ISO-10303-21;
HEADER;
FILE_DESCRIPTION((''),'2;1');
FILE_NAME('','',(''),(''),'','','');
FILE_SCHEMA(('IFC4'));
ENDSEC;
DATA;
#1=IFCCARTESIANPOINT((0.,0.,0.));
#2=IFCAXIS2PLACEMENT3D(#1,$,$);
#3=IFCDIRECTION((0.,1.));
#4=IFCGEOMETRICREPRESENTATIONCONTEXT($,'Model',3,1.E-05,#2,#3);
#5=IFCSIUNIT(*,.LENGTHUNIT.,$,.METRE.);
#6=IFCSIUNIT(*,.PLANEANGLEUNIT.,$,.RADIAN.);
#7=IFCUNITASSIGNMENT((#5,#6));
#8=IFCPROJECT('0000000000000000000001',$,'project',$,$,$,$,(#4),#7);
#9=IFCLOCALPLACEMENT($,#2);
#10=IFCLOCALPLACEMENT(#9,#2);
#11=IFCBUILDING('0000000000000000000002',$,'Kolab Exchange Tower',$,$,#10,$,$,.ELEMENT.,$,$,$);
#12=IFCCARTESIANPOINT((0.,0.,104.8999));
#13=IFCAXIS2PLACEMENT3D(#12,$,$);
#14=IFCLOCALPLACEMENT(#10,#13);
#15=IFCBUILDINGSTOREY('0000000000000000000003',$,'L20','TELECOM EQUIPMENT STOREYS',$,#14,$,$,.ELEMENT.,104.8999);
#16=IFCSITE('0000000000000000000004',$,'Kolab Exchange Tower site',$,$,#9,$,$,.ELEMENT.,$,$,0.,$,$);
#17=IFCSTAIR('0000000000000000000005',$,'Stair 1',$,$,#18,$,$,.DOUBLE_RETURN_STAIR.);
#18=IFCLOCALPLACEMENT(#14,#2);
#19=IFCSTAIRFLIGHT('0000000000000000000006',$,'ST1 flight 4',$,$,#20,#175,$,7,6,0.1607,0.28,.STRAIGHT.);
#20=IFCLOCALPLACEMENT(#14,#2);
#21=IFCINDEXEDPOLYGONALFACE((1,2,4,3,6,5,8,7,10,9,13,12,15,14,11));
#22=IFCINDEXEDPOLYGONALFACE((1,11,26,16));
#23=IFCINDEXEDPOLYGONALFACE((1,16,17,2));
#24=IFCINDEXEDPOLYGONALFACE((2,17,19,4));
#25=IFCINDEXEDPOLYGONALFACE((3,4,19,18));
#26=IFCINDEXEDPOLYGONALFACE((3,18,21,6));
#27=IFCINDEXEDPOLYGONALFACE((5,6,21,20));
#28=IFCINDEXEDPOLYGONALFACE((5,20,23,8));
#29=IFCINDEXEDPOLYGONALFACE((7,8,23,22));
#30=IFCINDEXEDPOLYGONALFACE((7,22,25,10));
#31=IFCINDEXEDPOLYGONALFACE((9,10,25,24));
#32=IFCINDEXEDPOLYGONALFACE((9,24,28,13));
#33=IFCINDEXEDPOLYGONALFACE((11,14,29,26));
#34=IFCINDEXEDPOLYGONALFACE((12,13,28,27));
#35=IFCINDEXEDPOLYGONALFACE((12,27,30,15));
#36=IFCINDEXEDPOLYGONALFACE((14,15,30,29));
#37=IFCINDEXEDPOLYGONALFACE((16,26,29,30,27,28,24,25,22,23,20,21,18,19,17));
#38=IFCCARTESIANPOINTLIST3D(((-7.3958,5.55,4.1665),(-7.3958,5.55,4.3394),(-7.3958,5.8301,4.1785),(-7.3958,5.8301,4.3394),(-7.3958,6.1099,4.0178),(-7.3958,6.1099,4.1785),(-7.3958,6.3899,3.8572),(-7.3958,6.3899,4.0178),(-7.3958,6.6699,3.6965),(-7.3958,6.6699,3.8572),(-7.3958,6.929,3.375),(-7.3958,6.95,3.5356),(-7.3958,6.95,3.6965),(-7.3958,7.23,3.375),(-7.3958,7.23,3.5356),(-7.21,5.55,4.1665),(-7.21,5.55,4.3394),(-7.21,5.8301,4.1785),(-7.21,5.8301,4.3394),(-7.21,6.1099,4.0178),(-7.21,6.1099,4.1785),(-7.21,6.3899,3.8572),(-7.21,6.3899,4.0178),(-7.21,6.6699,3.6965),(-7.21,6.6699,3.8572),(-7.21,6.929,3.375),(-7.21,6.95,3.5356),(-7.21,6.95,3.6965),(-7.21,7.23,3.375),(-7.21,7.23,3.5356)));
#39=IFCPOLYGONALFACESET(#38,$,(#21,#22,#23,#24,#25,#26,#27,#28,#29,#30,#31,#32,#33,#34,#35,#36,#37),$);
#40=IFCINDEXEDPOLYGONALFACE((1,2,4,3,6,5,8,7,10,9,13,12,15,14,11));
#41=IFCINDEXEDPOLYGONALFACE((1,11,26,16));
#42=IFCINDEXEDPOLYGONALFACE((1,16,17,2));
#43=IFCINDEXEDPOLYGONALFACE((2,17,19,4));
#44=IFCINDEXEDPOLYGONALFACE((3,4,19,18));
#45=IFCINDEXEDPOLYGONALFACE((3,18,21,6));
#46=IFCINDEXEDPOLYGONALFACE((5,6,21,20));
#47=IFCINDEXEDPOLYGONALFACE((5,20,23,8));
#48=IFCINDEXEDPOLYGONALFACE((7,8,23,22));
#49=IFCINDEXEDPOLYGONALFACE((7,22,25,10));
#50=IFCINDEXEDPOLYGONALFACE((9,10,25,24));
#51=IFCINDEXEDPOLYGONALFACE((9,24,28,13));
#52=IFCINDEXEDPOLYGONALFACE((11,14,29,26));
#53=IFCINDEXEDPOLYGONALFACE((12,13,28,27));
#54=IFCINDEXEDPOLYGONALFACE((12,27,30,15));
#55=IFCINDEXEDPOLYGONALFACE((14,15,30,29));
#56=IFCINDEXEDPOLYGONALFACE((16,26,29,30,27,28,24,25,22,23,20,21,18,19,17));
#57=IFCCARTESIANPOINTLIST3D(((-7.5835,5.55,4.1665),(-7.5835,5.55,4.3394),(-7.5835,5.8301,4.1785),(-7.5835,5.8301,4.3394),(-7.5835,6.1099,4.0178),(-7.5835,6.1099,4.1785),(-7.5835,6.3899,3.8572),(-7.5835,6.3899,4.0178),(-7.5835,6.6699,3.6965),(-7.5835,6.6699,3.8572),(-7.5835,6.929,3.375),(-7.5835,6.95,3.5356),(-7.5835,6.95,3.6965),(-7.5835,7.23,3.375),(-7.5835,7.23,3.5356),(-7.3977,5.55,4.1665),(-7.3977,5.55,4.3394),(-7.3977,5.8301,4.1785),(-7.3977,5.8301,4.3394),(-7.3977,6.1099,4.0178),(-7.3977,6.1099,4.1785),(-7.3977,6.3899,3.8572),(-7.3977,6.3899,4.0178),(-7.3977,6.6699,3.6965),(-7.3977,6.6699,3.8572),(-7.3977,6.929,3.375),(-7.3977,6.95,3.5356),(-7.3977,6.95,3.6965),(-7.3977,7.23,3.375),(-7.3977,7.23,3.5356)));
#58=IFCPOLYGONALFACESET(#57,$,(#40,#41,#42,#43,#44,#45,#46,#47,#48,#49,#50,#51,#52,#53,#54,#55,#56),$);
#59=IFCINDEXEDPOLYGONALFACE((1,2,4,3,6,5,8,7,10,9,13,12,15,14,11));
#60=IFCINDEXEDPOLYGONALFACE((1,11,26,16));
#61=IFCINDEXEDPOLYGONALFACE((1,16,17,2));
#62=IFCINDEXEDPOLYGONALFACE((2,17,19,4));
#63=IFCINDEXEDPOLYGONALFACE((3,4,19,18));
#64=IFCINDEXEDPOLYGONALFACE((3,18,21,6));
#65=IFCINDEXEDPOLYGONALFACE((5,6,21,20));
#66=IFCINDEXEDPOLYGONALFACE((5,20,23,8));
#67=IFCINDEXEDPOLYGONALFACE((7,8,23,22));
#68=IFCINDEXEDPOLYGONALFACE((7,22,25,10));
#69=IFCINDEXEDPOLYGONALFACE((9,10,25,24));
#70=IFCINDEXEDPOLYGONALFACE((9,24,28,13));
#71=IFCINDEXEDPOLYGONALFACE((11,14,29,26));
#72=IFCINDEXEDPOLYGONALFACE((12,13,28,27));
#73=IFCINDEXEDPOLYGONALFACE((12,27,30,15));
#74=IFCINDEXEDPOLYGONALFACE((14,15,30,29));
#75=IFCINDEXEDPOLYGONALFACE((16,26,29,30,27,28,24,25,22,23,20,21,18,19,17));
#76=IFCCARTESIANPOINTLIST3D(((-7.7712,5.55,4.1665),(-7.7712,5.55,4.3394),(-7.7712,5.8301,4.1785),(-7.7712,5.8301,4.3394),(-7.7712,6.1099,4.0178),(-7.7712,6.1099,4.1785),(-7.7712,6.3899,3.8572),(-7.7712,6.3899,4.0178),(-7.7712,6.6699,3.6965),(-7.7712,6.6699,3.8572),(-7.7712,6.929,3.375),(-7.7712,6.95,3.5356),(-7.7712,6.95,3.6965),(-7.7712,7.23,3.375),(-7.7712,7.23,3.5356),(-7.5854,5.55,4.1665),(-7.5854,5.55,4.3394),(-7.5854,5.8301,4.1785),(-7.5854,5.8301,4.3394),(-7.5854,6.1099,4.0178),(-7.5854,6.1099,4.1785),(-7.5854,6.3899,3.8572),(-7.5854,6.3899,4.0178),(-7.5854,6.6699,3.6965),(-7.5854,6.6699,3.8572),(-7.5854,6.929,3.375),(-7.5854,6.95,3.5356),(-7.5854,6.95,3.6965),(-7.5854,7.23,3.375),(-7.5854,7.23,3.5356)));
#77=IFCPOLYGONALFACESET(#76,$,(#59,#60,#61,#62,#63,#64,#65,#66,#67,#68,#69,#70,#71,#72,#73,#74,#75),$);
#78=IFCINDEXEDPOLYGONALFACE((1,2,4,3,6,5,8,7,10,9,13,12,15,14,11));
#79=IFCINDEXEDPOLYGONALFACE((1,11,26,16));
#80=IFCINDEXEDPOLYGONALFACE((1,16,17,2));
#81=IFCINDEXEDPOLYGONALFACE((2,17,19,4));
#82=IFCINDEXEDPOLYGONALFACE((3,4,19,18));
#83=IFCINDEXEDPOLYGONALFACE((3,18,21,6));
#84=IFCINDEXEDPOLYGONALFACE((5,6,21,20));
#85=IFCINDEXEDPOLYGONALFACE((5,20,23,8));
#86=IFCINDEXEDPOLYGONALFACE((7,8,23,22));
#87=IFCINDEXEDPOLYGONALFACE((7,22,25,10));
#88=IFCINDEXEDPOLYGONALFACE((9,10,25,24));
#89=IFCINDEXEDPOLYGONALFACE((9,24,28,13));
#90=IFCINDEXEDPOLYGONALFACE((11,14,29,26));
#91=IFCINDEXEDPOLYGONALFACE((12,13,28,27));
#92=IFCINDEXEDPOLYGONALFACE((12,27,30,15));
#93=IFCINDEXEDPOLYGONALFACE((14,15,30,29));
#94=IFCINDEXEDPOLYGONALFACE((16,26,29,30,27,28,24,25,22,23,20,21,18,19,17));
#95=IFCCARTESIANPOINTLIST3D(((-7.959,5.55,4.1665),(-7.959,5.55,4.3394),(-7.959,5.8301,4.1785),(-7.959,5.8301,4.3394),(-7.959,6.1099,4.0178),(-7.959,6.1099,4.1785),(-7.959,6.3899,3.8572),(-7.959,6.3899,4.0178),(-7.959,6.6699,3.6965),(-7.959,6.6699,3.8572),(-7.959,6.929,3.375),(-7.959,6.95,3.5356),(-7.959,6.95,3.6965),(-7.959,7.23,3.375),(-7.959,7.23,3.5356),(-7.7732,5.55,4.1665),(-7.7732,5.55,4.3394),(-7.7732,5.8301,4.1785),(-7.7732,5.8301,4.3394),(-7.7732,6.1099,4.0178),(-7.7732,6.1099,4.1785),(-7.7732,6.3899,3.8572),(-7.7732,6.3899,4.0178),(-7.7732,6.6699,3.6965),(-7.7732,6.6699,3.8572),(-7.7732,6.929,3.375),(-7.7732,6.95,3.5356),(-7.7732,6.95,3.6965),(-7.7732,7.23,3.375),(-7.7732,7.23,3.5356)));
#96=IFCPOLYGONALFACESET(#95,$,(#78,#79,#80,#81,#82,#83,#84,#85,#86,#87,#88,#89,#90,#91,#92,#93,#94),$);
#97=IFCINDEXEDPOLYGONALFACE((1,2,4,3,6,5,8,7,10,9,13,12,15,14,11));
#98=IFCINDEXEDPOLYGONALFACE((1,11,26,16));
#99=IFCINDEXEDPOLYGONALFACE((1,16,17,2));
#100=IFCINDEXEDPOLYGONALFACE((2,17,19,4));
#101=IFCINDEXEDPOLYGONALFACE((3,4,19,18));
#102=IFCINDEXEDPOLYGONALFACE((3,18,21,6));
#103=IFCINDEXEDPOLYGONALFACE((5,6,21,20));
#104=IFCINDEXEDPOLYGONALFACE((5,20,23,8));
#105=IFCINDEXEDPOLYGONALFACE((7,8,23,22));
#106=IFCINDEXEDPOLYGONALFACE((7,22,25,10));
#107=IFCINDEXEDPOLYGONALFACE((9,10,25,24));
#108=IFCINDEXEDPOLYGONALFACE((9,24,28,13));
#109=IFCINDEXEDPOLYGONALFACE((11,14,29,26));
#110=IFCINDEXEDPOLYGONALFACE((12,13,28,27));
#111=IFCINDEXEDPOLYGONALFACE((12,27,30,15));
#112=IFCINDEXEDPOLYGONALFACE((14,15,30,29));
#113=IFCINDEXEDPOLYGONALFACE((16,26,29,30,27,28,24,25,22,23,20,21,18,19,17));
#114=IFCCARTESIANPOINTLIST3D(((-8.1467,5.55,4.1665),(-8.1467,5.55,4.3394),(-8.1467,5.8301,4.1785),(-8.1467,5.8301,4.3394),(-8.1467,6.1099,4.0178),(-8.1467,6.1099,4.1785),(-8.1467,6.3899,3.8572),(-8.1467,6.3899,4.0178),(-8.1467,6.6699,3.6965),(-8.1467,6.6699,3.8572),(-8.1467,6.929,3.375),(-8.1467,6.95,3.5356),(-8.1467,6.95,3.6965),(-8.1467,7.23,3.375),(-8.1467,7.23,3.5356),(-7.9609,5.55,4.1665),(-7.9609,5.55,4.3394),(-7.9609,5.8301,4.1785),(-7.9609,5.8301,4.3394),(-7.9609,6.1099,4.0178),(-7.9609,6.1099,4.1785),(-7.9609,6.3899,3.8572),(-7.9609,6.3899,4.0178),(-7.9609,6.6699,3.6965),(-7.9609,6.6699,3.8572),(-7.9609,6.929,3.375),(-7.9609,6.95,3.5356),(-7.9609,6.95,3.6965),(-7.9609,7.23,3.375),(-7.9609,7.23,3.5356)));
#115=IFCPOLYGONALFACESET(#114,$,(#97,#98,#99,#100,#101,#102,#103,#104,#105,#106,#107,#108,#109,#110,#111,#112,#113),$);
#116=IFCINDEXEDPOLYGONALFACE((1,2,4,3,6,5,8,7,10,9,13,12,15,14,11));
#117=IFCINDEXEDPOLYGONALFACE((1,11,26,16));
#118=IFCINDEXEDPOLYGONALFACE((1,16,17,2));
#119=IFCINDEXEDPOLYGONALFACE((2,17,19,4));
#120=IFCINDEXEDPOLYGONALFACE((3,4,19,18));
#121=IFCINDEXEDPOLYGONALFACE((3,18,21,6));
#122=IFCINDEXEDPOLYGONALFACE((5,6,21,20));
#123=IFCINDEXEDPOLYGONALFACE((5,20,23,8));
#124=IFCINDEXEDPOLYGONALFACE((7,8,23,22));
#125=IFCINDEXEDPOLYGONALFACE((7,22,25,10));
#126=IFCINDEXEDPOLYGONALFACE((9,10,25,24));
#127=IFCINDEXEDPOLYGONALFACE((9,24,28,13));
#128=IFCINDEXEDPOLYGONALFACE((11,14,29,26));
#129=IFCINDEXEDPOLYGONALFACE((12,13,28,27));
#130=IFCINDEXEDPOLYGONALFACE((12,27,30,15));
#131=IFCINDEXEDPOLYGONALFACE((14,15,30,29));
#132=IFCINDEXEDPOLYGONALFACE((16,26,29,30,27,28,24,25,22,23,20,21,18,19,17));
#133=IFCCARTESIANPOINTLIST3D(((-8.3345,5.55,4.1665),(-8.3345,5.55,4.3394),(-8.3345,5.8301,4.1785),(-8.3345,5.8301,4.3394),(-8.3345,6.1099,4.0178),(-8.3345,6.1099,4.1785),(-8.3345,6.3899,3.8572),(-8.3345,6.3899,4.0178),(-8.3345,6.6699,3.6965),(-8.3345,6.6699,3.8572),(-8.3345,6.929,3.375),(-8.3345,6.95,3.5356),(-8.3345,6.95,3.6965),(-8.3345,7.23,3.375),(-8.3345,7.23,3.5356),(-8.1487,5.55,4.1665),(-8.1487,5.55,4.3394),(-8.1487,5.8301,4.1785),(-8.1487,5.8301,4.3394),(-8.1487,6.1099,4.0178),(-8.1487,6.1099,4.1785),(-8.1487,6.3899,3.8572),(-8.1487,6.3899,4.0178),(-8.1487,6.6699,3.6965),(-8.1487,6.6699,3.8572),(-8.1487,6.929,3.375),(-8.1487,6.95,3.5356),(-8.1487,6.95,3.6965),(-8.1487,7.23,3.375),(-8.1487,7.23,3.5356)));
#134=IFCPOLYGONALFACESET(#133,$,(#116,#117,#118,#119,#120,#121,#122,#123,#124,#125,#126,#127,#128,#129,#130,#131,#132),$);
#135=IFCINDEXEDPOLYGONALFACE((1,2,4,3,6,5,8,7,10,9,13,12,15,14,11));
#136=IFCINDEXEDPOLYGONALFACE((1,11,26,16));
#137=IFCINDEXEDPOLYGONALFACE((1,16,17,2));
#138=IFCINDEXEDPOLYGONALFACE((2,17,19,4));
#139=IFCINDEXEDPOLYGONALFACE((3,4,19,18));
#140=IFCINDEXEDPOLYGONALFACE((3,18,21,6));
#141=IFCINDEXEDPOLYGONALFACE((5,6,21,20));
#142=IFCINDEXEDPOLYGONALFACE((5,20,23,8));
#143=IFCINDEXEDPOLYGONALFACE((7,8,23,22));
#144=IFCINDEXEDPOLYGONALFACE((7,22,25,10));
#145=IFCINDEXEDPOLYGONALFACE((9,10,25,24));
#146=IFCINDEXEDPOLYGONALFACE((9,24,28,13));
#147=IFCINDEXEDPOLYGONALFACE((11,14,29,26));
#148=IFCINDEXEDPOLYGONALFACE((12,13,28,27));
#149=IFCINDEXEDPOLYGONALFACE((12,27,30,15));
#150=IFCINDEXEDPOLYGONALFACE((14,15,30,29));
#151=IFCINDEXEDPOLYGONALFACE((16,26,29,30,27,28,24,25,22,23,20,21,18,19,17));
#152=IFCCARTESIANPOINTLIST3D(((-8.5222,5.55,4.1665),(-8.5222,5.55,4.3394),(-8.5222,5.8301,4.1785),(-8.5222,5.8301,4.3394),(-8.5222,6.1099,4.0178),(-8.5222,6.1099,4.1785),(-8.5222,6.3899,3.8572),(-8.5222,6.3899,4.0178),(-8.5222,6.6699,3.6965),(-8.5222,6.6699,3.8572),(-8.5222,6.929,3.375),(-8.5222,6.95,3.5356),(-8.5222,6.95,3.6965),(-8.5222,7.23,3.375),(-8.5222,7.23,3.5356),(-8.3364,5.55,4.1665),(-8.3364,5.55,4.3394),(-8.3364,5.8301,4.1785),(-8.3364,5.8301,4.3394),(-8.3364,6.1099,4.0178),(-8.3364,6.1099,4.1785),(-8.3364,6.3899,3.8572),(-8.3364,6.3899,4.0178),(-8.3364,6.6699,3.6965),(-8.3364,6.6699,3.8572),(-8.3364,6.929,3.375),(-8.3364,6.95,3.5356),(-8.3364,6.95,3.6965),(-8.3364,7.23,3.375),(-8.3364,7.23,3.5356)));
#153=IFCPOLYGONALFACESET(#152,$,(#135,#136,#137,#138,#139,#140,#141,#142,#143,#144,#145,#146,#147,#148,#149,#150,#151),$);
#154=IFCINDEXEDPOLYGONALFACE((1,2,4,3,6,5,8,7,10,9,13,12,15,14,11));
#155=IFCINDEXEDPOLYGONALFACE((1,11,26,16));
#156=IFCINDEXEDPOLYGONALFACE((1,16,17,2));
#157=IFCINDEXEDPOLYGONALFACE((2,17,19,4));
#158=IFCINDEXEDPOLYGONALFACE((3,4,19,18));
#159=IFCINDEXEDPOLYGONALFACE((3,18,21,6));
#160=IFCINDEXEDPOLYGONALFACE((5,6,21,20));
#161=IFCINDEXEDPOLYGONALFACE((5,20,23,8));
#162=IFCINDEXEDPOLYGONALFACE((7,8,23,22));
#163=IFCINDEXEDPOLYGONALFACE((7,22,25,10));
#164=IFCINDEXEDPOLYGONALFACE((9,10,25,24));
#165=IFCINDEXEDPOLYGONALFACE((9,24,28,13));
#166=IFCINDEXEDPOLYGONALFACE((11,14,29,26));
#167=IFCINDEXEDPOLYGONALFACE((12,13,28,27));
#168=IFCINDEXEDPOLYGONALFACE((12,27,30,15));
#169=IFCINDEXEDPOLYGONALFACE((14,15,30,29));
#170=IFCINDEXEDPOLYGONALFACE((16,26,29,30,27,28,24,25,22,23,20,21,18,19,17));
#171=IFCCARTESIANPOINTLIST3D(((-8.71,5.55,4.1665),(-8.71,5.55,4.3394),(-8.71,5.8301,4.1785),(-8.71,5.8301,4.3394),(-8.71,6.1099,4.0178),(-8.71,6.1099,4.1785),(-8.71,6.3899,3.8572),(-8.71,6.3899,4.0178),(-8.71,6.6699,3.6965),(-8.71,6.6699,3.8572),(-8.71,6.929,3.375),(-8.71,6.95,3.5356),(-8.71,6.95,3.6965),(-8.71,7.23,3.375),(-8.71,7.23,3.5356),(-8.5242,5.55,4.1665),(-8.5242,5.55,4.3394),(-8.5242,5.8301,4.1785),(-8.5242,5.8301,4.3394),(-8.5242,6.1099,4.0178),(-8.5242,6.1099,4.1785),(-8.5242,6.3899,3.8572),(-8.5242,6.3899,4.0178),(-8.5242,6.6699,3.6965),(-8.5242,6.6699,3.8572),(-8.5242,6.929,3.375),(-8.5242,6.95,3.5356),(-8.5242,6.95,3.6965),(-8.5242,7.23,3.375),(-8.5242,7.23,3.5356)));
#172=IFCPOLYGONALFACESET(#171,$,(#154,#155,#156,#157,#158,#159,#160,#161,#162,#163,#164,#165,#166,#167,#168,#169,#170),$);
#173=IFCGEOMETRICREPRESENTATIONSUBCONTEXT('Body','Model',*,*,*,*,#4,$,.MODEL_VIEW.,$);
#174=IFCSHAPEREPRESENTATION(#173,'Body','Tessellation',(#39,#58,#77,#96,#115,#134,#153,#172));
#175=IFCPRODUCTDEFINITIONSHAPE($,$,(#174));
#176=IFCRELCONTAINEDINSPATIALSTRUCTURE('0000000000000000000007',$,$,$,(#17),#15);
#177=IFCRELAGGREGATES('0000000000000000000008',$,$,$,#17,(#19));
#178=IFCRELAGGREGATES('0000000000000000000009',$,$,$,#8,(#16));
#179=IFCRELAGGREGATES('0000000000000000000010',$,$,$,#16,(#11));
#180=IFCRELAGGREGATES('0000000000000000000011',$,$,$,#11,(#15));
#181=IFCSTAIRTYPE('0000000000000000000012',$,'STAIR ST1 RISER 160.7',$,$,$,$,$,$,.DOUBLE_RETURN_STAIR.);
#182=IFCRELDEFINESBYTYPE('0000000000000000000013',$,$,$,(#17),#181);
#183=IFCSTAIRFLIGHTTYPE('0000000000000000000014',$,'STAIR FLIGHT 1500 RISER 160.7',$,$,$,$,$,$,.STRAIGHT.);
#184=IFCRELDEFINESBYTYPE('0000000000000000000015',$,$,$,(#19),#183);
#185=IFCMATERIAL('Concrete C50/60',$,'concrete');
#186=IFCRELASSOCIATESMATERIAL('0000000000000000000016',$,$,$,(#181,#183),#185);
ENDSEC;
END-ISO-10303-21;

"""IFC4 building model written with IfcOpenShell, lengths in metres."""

from ifc_helpers import new_model, si_unit, direction, frame, origin, place, context, subcontext, project, spatial, polyline, outline, extrude, material, type_object, element, aggregate, save


model = new_model("IFC4")

# Units and contexts
model_context = context("Model", 3, precision=1e-05, world=origin(), true_north=direction((0.0, 1.0)))
body_context = subcontext(model_context, "Body", "Model", "MODEL_VIEW")
ifc_project = project(units=[si_unit("LENGTHUNIT", "METRE"), si_unit("PLANEANGLEUNIT", "RADIAN")], contexts=[model_context])

# Site, building, storey
site_placement = place(None, origin())
site = spatial("IfcSite", under=ifc_project, at=site_placement, Name="Kolab Exchange Tower site", CompositionType="ELEMENT", RefElevation=0.0)
building_placement = place(site_placement, origin())
building = spatial("IfcBuilding", under=site, at=building_placement, Name="Kolab Exchange Tower", CompositionType="ELEMENT")
storey_placement = place(building_placement, frame((0.0, 0.0, 104.8999)))
storey = spatial("IfcBuildingStorey", under=building, at=storey_placement, Name="L20", Description="TELECOM EQUIPMENT STOREYS", CompositionType="ELEMENT", Elevation=104.8999)

# Shared definitions
ifc_material_1 = material(Name="Concrete C50/60", Category="concrete")

# Stair, stair flight
stair_type = type_object("IfcStairType", Name="STAIR ST1 RISER 160.7", PredefinedType="DOUBLE_RETURN_STAIR", material=ifc_material_1)
stair_placement = place(storey_placement, origin())
stair = element("IfcStair", 1, at=stair_placement, inside=storey, type_object=stair_type, Name="Stair 1", PredefinedType="DOUBLE_RETURN_STAIR")
stair_flight_type = type_object("IfcStairFlightType", Name="STAIR FLIGHT 1500 RISER 160.7", PredefinedType="STRAIGHT", material=ifc_material_1)
stair_flight_1_placement = place(storey_placement, frame((-7.96, 7.23, 3.375), z_axis=(0.0, 0.0, 1.0), x_axis=(0.0, -1.0, 0.0)))
stair_flight_1 = element("IfcStairFlight", 2, at=stair_flight_1_placement, type_object=stair_flight_type, Name="ST1 flight 4", NumberOfRisers=7, NumberOfTreads=6, PredefinedType="STRAIGHT", RiserHeight=0.1607, TreadLength=0.28, context=body_context, shape_type="SweptSolid", body=[
    extrude(outline(polyline([(0.0, 0.0), (0.0, 0.1606), (0.28, 0.1606), (0.28, 0.3215), (0.5601, 0.3215), (0.5601, 0.4822), (0.8401, 0.4822), (0.8401, 0.6428), (1.1201, 0.6428), (1.1201, 0.8035), (1.3999, 0.8035), (1.3999, 0.9644), (1.6799, 0.9644), (1.6799, 1.125), (1.6799, 0.7915), (0.301, 0.0), (0.0, 0.0)])), frame((0.0, 0.75, 0.0), z_axis=(0.0, -1.0, 0.0), x_axis=(1.0, 0.0, 0.0)), (0.0, 0.0, 1.0), 0.1858),
    extrude(outline(polyline([(0.0, 0.0), (0.0, 0.1606), (0.28, 0.1606), (0.28, 0.3215), (0.5601, 0.3215), (0.5601, 0.4822), (0.8401, 0.4822), (0.8401, 0.6428), (1.1201, 0.6428), (1.1201, 0.8035), (1.3999, 0.8035), (1.3999, 0.9644), (1.6799, 0.9644), (1.6799, 1.125), (1.6799, 0.7915), (0.301, 0.0), (0.0, 0.0)])), frame((0.0, 0.5623, 0.0), z_axis=(0.0, -1.0, 0.0), x_axis=(1.0, 0.0, 0.0)), (0.0, 0.0, 1.0), 0.1858),
    extrude(outline(polyline([(0.0, 0.0), (0.0, 0.1606), (0.28, 0.1606), (0.28, 0.3215), (0.5601, 0.3215), (0.5601, 0.4822), (0.8401, 0.4822), (0.8401, 0.6428), (1.1201, 0.6428), (1.1201, 0.8035), (1.3999, 0.8035), (1.3999, 0.9644), (1.6799, 0.9644), (1.6799, 1.125), (1.6799, 0.7915), (0.301, 0.0), (0.0, 0.0)])), frame((0.0, 0.3745, 0.0), z_axis=(0.0, -1.0, 0.0), x_axis=(1.0, 0.0, 0.0)), (0.0, 0.0, 1.0), 0.1858),
    extrude(outline(polyline([(0.0, 0.0), (0.0, 0.1606), (0.28, 0.1606), (0.28, 0.3215), (0.5601, 0.3215), (0.5601, 0.4822), (0.8401, 0.4822), (0.8401, 0.6428), (1.1201, 0.6428), (1.1201, 0.8035), (1.3999, 0.8035), (1.3999, 0.9644), (1.6799, 0.9644), (1.6799, 1.125), (1.6799, 0.7915), (0.301, 0.0), (0.0, 0.0)])), frame((0.0, 0.1868, 0.0), z_axis=(0.0, -1.0, 0.0), x_axis=(1.0, 0.0, 0.0)), (0.0, 0.0, 1.0), 0.1858),
    extrude(outline(polyline([(0.0, 0.0), (0.0, 0.1606), (0.28, 0.1606), (0.28, 0.3215), (0.5601, 0.3215), (0.5601, 0.4822), (0.8401, 0.4822), (0.8401, 0.6428), (1.1201, 0.6428), (1.1201, 0.8035), (1.3999, 0.8035), (1.3999, 0.9644), (1.6799, 0.9644), (1.6799, 1.125), (1.6799, 0.7915), (0.301, 0.0), (0.0, 0.0)])), frame((0.0, -0.001, 0.0), z_axis=(0.0, -1.0, 0.0), x_axis=(1.0, 0.0, 0.0)), (0.0, 0.0, 1.0), 0.1858),
    extrude(outline(polyline([(0.0, 0.0), (0.0, 0.1606), (0.28, 0.1606), (0.28, 0.3215), (0.5601, 0.3215), (0.5601, 0.4822), (0.8401, 0.4822), (0.8401, 0.6428), (1.1201, 0.6428), (1.1201, 0.8035), (1.3999, 0.8035), (1.3999, 0.9644), (1.6799, 0.9644), (1.6799, 1.125), (1.6799, 0.7915), (0.301, 0.0), (0.0, 0.0)])), frame((0.0, -0.1887, 0.0), z_axis=(0.0, -1.0, 0.0), x_axis=(1.0, 0.0, 0.0)), (0.0, 0.0, 1.0), 0.1858),
    extrude(outline(polyline([(0.0, 0.0), (0.0, 0.1606), (0.28, 0.1606), (0.28, 0.3215), (0.5601, 0.3215), (0.5601, 0.4822), (0.8401, 0.4822), (0.8401, 0.6428), (1.1201, 0.6428), (1.1201, 0.8035), (1.3999, 0.8035), (1.3999, 0.9644), (1.6799, 0.9644), (1.6799, 1.125), (1.6799, 0.7915), (0.301, 0.0), (0.0, 0.0)])), frame((0.0, -0.3765, 0.0), z_axis=(0.0, -1.0, 0.0), x_axis=(1.0, 0.0, 0.0)), (0.0, 0.0, 1.0), 0.1858),
    extrude(outline(polyline([(0.0, 0.0), (0.0, 0.1606), (0.28, 0.1606), (0.28, 0.3215), (0.5601, 0.3215), (0.5601, 0.4822), (0.8401, 0.4822), (0.8401, 0.6428), (1.1201, 0.6428), (1.1201, 0.8035), (1.3999, 0.8035), (1.3999, 0.9644), (1.6799, 0.9644), (1.6799, 1.125), (1.6799, 0.7915), (0.301, 0.0), (0.0, 0.0)])), frame((0.0, -0.5642, 0.0), z_axis=(0.0, -1.0, 0.0), x_axis=(1.0, 0.0, 0.0)), (0.0, 0.0, 1.0), 0.1858),
])
aggregate(stair, [stair_flight_1])

save(model, "model.ifc")
